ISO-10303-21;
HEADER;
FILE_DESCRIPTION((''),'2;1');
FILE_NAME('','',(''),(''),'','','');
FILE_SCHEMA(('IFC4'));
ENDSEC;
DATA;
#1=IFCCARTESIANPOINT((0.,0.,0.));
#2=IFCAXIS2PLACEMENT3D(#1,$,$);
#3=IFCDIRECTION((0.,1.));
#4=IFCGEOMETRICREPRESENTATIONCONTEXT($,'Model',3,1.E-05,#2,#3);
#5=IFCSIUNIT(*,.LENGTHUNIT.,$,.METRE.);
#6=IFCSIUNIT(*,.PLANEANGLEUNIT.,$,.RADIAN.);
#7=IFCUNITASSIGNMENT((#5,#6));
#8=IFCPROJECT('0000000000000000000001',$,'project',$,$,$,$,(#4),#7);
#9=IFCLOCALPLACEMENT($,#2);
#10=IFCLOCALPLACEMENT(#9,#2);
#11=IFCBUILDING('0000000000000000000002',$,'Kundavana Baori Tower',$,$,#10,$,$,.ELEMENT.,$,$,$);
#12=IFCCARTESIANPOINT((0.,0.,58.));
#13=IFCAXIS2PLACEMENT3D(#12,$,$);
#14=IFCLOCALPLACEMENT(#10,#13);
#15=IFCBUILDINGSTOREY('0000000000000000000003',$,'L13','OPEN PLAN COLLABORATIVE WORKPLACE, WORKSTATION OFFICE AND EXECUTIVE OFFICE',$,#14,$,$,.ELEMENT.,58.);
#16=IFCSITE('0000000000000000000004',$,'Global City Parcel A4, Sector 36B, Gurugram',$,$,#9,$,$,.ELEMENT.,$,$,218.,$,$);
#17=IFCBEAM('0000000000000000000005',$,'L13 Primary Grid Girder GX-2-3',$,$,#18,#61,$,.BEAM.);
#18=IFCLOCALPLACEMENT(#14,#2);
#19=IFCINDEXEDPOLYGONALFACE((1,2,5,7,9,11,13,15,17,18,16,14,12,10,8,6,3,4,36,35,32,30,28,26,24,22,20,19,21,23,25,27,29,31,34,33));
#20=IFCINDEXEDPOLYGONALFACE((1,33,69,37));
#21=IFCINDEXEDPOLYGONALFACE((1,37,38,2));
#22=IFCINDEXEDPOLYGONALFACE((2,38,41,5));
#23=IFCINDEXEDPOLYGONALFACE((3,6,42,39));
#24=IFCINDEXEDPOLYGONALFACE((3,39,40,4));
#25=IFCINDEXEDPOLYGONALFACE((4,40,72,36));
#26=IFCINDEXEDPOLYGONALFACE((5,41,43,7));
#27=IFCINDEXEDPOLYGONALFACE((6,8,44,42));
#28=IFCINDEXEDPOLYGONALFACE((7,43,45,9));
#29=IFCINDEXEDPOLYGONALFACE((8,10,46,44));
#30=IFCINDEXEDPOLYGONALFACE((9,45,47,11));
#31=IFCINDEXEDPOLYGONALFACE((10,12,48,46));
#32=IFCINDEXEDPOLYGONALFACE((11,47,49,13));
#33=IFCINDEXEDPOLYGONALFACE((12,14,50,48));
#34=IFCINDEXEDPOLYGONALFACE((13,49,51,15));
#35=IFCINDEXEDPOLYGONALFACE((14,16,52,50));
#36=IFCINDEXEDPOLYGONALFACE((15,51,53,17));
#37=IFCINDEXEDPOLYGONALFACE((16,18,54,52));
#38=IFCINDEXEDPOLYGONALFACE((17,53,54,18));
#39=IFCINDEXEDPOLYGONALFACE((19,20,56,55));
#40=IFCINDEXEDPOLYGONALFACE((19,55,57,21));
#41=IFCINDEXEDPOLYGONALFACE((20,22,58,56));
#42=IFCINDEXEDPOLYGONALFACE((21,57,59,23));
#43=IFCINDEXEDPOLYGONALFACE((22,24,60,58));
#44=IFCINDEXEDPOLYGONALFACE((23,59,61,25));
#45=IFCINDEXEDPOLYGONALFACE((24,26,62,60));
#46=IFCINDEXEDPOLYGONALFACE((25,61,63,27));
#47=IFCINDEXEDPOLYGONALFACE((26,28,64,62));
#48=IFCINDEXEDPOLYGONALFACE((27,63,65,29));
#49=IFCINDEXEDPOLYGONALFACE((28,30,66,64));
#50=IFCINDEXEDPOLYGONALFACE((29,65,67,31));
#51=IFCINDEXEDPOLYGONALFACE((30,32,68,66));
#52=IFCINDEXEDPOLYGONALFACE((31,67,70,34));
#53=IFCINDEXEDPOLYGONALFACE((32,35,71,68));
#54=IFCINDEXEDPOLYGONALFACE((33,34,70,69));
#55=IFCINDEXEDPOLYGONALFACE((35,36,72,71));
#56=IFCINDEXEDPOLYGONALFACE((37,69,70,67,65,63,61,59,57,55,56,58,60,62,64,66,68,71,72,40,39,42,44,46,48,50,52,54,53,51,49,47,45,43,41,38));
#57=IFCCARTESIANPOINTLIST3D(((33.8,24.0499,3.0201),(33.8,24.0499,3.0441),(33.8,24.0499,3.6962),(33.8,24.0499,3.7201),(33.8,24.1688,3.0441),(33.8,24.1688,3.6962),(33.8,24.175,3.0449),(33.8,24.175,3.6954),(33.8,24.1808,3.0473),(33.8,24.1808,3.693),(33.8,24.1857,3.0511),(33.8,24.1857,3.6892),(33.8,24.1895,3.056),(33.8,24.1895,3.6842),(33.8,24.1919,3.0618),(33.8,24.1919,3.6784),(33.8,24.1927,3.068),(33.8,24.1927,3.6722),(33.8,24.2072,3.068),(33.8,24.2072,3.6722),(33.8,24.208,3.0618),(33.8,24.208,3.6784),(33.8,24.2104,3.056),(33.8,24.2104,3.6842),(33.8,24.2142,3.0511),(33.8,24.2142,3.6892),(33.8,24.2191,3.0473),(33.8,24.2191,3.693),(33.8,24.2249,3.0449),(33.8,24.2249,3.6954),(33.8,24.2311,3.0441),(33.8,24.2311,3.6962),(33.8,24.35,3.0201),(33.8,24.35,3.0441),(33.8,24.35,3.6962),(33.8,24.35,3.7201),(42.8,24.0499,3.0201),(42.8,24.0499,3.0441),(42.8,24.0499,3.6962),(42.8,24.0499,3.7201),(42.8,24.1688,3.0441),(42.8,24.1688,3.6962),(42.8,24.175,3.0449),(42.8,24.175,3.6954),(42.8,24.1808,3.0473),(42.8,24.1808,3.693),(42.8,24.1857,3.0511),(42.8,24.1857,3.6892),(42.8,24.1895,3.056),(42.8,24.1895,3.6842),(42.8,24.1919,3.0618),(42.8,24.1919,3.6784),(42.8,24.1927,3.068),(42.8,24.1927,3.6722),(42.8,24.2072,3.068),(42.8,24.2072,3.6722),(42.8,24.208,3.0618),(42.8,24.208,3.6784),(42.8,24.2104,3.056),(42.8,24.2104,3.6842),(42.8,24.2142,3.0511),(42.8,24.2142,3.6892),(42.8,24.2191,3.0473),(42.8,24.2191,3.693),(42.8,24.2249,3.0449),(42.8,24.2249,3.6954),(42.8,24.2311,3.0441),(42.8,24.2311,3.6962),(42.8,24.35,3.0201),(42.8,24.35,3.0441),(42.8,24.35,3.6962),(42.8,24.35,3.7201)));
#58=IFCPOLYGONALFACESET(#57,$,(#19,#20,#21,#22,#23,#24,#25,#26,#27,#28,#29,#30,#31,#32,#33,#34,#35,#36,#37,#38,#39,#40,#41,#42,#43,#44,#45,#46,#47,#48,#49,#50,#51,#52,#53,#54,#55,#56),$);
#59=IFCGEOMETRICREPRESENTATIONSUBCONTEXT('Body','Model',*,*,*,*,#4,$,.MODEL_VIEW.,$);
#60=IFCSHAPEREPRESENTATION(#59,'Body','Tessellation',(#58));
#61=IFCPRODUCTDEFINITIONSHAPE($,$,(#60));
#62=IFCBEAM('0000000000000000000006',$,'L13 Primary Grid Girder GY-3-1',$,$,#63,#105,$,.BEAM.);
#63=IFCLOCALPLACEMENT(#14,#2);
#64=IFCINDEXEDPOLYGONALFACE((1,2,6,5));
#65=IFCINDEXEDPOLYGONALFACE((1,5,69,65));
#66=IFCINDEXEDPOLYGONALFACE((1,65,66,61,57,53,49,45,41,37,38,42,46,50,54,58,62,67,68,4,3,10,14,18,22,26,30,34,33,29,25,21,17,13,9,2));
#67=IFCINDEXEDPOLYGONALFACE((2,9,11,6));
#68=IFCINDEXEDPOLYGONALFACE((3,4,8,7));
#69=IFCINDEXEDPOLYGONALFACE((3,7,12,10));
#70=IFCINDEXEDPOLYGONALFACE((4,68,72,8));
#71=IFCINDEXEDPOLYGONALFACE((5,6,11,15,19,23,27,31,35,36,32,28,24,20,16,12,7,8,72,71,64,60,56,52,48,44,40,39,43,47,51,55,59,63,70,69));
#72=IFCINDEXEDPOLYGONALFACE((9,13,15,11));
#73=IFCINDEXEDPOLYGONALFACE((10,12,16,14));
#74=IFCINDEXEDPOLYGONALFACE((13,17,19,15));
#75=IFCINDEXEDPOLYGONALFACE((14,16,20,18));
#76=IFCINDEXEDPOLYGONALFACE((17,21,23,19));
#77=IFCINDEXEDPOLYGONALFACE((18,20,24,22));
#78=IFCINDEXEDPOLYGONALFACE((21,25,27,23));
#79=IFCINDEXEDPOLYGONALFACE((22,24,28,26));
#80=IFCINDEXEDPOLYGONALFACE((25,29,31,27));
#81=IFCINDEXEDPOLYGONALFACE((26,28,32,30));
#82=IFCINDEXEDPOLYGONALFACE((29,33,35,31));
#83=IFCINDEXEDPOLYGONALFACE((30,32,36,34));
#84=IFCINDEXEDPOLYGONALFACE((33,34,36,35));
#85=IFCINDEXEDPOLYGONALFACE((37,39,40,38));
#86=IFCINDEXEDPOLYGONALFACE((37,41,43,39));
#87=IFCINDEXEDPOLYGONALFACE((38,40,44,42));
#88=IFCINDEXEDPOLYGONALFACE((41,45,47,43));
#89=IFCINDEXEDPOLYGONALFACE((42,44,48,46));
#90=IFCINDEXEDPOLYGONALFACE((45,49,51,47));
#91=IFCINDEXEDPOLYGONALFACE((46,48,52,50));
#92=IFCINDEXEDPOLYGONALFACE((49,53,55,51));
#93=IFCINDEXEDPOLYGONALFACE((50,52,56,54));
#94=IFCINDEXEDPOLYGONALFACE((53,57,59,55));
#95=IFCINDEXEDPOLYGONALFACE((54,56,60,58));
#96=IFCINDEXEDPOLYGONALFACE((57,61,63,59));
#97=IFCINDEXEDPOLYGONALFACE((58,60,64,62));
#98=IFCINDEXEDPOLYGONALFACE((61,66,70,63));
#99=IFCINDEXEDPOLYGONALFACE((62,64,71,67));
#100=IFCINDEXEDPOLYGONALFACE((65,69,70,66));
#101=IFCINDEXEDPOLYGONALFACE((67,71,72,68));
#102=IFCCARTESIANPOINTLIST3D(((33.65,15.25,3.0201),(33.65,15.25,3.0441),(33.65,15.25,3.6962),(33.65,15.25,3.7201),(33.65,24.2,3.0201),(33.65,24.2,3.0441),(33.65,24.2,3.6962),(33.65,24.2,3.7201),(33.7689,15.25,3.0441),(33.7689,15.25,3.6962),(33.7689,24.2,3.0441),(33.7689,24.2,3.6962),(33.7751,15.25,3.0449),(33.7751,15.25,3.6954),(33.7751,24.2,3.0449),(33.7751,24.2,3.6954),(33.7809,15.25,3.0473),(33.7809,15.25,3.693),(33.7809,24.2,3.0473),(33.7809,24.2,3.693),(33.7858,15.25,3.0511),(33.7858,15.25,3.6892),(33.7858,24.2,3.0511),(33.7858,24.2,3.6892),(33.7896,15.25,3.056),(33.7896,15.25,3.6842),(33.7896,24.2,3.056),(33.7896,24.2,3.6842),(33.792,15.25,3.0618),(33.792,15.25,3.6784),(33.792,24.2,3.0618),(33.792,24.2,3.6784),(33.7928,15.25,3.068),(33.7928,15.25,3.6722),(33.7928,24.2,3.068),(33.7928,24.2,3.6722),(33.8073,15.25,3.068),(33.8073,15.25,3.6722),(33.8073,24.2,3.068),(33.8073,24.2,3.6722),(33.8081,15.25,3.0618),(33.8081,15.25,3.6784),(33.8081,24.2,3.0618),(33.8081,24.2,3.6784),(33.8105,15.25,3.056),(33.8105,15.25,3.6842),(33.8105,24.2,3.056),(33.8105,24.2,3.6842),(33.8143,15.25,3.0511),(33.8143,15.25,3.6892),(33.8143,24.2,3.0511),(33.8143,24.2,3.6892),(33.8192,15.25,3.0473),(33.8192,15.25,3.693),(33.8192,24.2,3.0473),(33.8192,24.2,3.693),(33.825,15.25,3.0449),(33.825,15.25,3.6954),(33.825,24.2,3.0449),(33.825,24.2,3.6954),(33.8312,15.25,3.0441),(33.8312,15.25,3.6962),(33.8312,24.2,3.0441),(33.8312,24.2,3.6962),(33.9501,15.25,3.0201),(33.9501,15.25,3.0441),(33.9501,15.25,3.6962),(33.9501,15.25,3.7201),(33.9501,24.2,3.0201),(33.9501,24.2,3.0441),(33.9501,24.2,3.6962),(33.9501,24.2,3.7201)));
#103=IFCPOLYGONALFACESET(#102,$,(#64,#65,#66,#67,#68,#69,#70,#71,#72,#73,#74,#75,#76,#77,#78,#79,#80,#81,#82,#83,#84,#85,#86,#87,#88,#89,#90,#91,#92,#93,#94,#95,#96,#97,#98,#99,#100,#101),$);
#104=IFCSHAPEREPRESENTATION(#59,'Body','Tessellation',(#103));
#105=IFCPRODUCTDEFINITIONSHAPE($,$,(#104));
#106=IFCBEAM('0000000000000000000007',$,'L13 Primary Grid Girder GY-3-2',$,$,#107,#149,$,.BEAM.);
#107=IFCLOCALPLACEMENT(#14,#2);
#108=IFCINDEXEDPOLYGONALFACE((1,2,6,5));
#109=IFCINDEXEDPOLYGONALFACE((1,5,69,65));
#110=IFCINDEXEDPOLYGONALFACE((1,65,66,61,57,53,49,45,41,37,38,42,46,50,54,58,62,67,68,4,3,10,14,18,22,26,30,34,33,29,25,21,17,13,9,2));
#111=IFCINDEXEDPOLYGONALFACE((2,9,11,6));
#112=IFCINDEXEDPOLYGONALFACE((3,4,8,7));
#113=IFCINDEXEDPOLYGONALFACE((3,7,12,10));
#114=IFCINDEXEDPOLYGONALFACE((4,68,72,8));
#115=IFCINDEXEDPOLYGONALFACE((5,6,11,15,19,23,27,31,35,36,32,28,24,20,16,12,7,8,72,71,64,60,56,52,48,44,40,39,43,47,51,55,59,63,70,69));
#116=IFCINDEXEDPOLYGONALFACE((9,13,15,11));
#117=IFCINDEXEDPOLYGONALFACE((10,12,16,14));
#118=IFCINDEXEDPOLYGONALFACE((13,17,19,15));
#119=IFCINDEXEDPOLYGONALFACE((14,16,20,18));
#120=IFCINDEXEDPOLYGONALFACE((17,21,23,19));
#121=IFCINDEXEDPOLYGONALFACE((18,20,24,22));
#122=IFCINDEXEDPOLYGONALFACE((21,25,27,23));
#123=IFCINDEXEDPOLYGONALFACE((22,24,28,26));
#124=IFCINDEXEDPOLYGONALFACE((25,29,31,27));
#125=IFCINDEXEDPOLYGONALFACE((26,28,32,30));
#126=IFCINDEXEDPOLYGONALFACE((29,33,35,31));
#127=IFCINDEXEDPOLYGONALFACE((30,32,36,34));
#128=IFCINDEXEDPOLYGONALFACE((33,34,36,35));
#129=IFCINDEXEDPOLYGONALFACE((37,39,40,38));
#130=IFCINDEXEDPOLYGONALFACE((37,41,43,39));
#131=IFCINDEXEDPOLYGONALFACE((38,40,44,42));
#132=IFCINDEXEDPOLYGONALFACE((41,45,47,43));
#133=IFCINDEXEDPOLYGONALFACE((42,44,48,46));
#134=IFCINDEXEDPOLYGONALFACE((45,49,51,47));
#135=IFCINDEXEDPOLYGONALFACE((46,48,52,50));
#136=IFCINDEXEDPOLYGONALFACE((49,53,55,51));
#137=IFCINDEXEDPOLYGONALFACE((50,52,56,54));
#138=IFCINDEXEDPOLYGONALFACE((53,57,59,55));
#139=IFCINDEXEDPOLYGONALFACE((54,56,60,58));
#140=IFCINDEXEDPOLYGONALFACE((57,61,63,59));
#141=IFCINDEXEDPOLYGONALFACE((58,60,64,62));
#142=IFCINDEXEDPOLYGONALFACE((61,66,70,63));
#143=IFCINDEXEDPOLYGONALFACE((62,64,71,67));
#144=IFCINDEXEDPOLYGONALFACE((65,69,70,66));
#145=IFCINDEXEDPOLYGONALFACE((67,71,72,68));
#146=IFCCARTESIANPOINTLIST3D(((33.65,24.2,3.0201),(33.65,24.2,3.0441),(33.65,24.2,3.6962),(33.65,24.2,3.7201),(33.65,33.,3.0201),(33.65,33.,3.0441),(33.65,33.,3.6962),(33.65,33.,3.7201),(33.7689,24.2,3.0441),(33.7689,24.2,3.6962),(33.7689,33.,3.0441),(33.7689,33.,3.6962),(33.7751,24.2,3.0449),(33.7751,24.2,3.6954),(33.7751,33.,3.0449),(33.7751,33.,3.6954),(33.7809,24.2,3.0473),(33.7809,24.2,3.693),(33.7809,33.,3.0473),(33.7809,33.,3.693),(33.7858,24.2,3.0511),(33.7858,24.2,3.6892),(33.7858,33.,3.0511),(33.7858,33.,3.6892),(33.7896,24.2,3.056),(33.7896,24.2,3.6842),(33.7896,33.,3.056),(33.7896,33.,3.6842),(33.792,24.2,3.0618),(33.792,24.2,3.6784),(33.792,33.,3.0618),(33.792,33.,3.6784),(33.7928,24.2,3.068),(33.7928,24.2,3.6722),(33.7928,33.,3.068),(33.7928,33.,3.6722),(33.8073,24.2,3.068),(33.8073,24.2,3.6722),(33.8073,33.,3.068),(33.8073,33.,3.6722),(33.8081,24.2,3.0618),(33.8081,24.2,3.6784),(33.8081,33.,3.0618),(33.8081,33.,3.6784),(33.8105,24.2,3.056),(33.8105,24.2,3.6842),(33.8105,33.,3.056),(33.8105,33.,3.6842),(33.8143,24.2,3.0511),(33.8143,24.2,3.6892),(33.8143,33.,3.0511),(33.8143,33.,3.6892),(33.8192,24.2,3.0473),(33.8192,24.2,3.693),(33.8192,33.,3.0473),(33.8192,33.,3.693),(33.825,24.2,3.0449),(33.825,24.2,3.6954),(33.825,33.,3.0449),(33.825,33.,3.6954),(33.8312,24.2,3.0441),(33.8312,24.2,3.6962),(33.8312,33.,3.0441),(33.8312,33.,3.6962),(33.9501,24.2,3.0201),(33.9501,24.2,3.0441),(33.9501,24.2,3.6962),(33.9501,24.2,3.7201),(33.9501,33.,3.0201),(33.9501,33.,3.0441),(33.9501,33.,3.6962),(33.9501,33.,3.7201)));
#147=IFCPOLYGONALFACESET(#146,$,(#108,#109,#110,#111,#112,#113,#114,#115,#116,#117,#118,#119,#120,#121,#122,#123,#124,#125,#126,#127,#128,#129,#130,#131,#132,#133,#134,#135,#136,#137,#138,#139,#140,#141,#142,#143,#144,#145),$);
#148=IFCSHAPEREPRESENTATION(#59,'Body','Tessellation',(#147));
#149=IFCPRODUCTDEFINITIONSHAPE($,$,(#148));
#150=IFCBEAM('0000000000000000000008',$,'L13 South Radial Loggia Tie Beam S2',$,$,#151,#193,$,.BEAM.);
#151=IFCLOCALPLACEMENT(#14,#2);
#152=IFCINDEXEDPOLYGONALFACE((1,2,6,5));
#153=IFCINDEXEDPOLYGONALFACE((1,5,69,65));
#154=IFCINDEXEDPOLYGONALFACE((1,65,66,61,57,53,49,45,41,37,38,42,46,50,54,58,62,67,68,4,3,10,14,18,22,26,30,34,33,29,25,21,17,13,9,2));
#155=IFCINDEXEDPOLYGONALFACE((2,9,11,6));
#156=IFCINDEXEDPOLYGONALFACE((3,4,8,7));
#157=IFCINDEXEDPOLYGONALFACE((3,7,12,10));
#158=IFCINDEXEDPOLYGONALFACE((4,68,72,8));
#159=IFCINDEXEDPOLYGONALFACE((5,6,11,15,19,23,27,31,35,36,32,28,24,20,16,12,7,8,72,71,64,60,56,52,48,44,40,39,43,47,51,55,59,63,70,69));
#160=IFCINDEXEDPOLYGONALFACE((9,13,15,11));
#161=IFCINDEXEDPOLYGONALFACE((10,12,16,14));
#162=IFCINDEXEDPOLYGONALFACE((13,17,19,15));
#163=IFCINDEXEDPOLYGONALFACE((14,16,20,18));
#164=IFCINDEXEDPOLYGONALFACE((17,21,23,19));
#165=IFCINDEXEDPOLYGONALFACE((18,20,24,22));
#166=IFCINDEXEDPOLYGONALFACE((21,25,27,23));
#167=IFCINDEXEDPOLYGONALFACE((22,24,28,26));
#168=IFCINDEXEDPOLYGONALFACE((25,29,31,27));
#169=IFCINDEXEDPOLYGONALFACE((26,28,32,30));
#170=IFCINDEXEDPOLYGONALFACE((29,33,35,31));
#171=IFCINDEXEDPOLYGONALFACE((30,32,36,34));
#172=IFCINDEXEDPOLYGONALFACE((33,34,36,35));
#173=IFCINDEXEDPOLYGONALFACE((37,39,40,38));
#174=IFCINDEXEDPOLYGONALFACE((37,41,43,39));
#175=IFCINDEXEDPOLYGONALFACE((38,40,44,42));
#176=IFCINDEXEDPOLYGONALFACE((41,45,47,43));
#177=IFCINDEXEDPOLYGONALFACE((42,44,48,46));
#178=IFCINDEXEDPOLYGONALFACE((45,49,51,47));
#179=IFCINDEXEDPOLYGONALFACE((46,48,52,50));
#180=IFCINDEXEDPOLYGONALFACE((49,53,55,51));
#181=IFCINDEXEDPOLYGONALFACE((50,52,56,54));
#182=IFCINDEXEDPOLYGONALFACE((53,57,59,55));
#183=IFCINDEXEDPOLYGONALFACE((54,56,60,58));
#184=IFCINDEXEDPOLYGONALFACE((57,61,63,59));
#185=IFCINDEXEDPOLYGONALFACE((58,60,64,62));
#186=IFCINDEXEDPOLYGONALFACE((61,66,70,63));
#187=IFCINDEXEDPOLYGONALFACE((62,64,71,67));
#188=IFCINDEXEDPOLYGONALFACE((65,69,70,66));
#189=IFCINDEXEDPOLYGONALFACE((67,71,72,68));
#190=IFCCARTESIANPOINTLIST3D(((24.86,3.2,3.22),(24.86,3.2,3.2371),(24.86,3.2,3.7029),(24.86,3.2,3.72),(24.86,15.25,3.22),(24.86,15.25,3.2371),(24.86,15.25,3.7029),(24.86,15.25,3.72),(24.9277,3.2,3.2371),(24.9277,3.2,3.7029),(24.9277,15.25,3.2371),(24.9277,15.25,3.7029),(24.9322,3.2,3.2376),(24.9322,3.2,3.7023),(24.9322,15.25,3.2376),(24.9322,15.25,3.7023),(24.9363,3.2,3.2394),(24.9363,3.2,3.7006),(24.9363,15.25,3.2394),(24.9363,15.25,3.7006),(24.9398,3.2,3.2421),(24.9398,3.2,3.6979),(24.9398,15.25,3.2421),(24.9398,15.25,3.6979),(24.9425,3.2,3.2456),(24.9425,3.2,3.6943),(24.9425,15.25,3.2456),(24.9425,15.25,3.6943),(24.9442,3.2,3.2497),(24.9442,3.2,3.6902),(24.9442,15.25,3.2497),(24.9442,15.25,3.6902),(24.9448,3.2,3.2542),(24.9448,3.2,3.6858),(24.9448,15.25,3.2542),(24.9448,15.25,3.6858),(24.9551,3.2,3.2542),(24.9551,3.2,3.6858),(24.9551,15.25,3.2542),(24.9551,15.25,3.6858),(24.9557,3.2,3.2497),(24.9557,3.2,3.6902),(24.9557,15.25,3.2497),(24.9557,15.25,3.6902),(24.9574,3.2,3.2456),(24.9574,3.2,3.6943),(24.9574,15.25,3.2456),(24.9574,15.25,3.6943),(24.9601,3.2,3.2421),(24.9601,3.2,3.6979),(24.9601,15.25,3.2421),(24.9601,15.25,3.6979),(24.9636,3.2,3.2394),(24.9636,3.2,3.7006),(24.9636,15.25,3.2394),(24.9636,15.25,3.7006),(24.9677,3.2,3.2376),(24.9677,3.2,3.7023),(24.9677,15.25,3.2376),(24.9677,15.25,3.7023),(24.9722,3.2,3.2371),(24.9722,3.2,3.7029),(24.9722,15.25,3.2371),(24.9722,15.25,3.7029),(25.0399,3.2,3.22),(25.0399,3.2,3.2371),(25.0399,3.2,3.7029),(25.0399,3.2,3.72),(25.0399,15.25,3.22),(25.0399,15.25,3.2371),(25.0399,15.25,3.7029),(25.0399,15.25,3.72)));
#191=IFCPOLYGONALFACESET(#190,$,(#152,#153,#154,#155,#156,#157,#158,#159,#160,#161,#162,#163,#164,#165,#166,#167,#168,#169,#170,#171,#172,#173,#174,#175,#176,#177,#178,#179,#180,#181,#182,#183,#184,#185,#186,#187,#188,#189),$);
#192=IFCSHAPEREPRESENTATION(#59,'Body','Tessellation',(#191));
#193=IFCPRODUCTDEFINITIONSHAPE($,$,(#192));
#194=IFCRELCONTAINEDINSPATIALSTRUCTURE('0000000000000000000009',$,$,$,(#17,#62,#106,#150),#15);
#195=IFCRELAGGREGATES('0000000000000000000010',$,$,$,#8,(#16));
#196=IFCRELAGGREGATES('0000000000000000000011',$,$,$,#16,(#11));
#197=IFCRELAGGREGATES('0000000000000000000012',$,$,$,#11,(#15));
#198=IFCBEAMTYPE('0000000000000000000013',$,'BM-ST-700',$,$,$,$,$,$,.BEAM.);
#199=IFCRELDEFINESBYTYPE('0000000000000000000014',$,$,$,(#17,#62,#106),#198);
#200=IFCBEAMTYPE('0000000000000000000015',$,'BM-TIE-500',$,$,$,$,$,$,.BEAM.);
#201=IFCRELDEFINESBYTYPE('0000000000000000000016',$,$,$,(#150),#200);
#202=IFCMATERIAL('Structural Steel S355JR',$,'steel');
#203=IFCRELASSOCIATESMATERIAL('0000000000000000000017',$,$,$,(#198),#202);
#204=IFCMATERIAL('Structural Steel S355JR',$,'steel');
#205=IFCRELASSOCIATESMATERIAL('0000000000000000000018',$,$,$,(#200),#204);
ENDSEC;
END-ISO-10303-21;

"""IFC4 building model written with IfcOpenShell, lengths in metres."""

from ifc_helpers import new_model, si_unit, direction, frame, origin, origin_2d, place, context, subcontext, project, spatial, i_section, extrude, material, material_profile, profile_set, type_object, element, save


model = new_model("IFC4")

# Units and contexts
model_context = context("Model", 3, precision=1e-05, world=origin(), true_north=direction((0.0, 1.0)))
body_context = subcontext(model_context, "Body", "Model", "MODEL_VIEW")
ifc_project = project(units=[si_unit("LENGTHUNIT", "METRE"), si_unit("PLANEANGLEUNIT", "RADIAN")], contexts=[model_context])

# Site, building, storey
site_placement = place(None, origin())
site = spatial("IfcSite", under=ifc_project, at=site_placement, Name="Global City Parcel A4, Sector 36B, Gurugram", CompositionType="ELEMENT", RefElevation=218.0)
building_placement = place(site_placement, origin())
building = spatial("IfcBuilding", under=site, at=building_placement, Name="Kundavana Baori Tower", CompositionType="ELEMENT")
storey_placement = place(building_placement, frame((0.0, 0.0, 58.0)))
storey = spatial("IfcBuildingStorey", under=building, at=storey_placement, Name="L13", Description="OPEN PLAN COLLABORATIVE WORKPLACE, WORKSTATION OFFICE AND EXECUTIVE OFFICE", CompositionType="ELEMENT", Elevation=58.0)

# Beams
ifc_material_1 = material(Name="Structural Steel S355JR", Category="steel")
ifc_material_profile_1 = material_profile(ifc_material_1, i_section(OverallWidth=0.3, OverallDepth=0.7, WebThickness=0.0144, FlangeThickness=0.0239, FilletRadius=0.0239, at=origin_2d()), Name="NPB 700x300x170")
ifc_profile_set_1 = profile_set([ifc_material_profile_1], Name="Structural Steel S355JR")
beam_type_1 = type_object("IfcBeamType", Name="BM-ST-700", PredefinedType="BEAM", material=ifc_profile_set_1)
beam_1_placement = place(storey_placement, frame((33.8, 24.2, 3.3701), z_axis=(1.0, 0.0, 0.0), x_axis=(0.0, 1.0, 0.0)))
element("IfcBeam", 1, at=beam_1_placement, inside=storey, type_object=beam_type_1, Name="L13 Primary Grid Girder GX-2-3", PredefinedType="BEAM", context=body_context, shape_type="SweptSolid", body=[
    extrude(i_section(OverallWidth=0.3, OverallDepth=0.7, WebThickness=0.0144, FlangeThickness=0.0239, FilletRadius=0.0239, at=origin_2d()), origin(), (0.0, 0.0, 1.0), 9.0),
])
beam_2_placement = place(storey_placement, frame((33.8, 15.25, 3.3701), z_axis=(0.0, 1.0, 0.0), x_axis=(-1.0, 0.0, 0.0)))
element("IfcBeam", 2, at=beam_2_placement, inside=storey, type_object=beam_type_1, Name="L13 Primary Grid Girder GY-3-1", PredefinedType="BEAM", context=body_context, shape_type="SweptSolid", body=[
    extrude(i_section(OverallWidth=0.3, OverallDepth=0.7, WebThickness=0.0144, FlangeThickness=0.0239, FilletRadius=0.0239, at=origin_2d()), origin(), (0.0, 0.0, 1.0), 8.95),
])
beam_3_placement = place(storey_placement, frame((33.8, 24.2, 3.3701), z_axis=(0.0, 1.0, 0.0), x_axis=(-1.0, 0.0, 0.0)))
element("IfcBeam", 3, at=beam_3_placement, inside=storey, type_object=beam_type_1, Name="L13 Primary Grid Girder GY-3-2", PredefinedType="BEAM", context=body_context, shape_type="SweptSolid", body=[
    extrude(i_section(OverallWidth=0.3, OverallDepth=0.7, WebThickness=0.0144, FlangeThickness=0.0239, FilletRadius=0.0239, at=origin_2d()), origin(), (0.0, 0.0, 1.0), 8.8),
])
ifc_material_2 = material(Name="Structural Steel S355JR", Category="steel")
ifc_material_profile_2 = material_profile(ifc_material_2, i_section(OverallWidth=0.1799, OverallDepth=0.5, WebThickness=0.0103, FlangeThickness=0.0171, FilletRadius=0.0171, at=origin_2d()), Name="ISMB 500")
ifc_profile_set_2 = profile_set([ifc_material_profile_2], Name="Structural Steel S355JR")
beam_type_2 = type_object("IfcBeamType", Name="BM-TIE-500", PredefinedType="BEAM", material=ifc_profile_set_2)
for number, where, z_axis, x_axis, name in (
    (4, (24.95, 15.25, 3.47), (0.0, -1.0, 0.0), (1.0, 0.0, 0.0), "L13 South Radial Loggia Tie Beam S2"),
):
    element("IfcBeam", number, at=place(storey_placement, frame(where, z_axis=z_axis, x_axis=x_axis)), inside=storey, type_object=beam_type_2, Name=name, PredefinedType="BEAM", context=body_context, shape_type="SweptSolid", body=[
        extrude(i_section(OverallWidth=0.1799, OverallDepth=0.5, WebThickness=0.0103, FlangeThickness=0.0171, FilletRadius=0.0171, at=origin_2d()), origin(), (0.0, 0.0, 1.0), 12.05),
    ])

save(model, "model.ifc")
